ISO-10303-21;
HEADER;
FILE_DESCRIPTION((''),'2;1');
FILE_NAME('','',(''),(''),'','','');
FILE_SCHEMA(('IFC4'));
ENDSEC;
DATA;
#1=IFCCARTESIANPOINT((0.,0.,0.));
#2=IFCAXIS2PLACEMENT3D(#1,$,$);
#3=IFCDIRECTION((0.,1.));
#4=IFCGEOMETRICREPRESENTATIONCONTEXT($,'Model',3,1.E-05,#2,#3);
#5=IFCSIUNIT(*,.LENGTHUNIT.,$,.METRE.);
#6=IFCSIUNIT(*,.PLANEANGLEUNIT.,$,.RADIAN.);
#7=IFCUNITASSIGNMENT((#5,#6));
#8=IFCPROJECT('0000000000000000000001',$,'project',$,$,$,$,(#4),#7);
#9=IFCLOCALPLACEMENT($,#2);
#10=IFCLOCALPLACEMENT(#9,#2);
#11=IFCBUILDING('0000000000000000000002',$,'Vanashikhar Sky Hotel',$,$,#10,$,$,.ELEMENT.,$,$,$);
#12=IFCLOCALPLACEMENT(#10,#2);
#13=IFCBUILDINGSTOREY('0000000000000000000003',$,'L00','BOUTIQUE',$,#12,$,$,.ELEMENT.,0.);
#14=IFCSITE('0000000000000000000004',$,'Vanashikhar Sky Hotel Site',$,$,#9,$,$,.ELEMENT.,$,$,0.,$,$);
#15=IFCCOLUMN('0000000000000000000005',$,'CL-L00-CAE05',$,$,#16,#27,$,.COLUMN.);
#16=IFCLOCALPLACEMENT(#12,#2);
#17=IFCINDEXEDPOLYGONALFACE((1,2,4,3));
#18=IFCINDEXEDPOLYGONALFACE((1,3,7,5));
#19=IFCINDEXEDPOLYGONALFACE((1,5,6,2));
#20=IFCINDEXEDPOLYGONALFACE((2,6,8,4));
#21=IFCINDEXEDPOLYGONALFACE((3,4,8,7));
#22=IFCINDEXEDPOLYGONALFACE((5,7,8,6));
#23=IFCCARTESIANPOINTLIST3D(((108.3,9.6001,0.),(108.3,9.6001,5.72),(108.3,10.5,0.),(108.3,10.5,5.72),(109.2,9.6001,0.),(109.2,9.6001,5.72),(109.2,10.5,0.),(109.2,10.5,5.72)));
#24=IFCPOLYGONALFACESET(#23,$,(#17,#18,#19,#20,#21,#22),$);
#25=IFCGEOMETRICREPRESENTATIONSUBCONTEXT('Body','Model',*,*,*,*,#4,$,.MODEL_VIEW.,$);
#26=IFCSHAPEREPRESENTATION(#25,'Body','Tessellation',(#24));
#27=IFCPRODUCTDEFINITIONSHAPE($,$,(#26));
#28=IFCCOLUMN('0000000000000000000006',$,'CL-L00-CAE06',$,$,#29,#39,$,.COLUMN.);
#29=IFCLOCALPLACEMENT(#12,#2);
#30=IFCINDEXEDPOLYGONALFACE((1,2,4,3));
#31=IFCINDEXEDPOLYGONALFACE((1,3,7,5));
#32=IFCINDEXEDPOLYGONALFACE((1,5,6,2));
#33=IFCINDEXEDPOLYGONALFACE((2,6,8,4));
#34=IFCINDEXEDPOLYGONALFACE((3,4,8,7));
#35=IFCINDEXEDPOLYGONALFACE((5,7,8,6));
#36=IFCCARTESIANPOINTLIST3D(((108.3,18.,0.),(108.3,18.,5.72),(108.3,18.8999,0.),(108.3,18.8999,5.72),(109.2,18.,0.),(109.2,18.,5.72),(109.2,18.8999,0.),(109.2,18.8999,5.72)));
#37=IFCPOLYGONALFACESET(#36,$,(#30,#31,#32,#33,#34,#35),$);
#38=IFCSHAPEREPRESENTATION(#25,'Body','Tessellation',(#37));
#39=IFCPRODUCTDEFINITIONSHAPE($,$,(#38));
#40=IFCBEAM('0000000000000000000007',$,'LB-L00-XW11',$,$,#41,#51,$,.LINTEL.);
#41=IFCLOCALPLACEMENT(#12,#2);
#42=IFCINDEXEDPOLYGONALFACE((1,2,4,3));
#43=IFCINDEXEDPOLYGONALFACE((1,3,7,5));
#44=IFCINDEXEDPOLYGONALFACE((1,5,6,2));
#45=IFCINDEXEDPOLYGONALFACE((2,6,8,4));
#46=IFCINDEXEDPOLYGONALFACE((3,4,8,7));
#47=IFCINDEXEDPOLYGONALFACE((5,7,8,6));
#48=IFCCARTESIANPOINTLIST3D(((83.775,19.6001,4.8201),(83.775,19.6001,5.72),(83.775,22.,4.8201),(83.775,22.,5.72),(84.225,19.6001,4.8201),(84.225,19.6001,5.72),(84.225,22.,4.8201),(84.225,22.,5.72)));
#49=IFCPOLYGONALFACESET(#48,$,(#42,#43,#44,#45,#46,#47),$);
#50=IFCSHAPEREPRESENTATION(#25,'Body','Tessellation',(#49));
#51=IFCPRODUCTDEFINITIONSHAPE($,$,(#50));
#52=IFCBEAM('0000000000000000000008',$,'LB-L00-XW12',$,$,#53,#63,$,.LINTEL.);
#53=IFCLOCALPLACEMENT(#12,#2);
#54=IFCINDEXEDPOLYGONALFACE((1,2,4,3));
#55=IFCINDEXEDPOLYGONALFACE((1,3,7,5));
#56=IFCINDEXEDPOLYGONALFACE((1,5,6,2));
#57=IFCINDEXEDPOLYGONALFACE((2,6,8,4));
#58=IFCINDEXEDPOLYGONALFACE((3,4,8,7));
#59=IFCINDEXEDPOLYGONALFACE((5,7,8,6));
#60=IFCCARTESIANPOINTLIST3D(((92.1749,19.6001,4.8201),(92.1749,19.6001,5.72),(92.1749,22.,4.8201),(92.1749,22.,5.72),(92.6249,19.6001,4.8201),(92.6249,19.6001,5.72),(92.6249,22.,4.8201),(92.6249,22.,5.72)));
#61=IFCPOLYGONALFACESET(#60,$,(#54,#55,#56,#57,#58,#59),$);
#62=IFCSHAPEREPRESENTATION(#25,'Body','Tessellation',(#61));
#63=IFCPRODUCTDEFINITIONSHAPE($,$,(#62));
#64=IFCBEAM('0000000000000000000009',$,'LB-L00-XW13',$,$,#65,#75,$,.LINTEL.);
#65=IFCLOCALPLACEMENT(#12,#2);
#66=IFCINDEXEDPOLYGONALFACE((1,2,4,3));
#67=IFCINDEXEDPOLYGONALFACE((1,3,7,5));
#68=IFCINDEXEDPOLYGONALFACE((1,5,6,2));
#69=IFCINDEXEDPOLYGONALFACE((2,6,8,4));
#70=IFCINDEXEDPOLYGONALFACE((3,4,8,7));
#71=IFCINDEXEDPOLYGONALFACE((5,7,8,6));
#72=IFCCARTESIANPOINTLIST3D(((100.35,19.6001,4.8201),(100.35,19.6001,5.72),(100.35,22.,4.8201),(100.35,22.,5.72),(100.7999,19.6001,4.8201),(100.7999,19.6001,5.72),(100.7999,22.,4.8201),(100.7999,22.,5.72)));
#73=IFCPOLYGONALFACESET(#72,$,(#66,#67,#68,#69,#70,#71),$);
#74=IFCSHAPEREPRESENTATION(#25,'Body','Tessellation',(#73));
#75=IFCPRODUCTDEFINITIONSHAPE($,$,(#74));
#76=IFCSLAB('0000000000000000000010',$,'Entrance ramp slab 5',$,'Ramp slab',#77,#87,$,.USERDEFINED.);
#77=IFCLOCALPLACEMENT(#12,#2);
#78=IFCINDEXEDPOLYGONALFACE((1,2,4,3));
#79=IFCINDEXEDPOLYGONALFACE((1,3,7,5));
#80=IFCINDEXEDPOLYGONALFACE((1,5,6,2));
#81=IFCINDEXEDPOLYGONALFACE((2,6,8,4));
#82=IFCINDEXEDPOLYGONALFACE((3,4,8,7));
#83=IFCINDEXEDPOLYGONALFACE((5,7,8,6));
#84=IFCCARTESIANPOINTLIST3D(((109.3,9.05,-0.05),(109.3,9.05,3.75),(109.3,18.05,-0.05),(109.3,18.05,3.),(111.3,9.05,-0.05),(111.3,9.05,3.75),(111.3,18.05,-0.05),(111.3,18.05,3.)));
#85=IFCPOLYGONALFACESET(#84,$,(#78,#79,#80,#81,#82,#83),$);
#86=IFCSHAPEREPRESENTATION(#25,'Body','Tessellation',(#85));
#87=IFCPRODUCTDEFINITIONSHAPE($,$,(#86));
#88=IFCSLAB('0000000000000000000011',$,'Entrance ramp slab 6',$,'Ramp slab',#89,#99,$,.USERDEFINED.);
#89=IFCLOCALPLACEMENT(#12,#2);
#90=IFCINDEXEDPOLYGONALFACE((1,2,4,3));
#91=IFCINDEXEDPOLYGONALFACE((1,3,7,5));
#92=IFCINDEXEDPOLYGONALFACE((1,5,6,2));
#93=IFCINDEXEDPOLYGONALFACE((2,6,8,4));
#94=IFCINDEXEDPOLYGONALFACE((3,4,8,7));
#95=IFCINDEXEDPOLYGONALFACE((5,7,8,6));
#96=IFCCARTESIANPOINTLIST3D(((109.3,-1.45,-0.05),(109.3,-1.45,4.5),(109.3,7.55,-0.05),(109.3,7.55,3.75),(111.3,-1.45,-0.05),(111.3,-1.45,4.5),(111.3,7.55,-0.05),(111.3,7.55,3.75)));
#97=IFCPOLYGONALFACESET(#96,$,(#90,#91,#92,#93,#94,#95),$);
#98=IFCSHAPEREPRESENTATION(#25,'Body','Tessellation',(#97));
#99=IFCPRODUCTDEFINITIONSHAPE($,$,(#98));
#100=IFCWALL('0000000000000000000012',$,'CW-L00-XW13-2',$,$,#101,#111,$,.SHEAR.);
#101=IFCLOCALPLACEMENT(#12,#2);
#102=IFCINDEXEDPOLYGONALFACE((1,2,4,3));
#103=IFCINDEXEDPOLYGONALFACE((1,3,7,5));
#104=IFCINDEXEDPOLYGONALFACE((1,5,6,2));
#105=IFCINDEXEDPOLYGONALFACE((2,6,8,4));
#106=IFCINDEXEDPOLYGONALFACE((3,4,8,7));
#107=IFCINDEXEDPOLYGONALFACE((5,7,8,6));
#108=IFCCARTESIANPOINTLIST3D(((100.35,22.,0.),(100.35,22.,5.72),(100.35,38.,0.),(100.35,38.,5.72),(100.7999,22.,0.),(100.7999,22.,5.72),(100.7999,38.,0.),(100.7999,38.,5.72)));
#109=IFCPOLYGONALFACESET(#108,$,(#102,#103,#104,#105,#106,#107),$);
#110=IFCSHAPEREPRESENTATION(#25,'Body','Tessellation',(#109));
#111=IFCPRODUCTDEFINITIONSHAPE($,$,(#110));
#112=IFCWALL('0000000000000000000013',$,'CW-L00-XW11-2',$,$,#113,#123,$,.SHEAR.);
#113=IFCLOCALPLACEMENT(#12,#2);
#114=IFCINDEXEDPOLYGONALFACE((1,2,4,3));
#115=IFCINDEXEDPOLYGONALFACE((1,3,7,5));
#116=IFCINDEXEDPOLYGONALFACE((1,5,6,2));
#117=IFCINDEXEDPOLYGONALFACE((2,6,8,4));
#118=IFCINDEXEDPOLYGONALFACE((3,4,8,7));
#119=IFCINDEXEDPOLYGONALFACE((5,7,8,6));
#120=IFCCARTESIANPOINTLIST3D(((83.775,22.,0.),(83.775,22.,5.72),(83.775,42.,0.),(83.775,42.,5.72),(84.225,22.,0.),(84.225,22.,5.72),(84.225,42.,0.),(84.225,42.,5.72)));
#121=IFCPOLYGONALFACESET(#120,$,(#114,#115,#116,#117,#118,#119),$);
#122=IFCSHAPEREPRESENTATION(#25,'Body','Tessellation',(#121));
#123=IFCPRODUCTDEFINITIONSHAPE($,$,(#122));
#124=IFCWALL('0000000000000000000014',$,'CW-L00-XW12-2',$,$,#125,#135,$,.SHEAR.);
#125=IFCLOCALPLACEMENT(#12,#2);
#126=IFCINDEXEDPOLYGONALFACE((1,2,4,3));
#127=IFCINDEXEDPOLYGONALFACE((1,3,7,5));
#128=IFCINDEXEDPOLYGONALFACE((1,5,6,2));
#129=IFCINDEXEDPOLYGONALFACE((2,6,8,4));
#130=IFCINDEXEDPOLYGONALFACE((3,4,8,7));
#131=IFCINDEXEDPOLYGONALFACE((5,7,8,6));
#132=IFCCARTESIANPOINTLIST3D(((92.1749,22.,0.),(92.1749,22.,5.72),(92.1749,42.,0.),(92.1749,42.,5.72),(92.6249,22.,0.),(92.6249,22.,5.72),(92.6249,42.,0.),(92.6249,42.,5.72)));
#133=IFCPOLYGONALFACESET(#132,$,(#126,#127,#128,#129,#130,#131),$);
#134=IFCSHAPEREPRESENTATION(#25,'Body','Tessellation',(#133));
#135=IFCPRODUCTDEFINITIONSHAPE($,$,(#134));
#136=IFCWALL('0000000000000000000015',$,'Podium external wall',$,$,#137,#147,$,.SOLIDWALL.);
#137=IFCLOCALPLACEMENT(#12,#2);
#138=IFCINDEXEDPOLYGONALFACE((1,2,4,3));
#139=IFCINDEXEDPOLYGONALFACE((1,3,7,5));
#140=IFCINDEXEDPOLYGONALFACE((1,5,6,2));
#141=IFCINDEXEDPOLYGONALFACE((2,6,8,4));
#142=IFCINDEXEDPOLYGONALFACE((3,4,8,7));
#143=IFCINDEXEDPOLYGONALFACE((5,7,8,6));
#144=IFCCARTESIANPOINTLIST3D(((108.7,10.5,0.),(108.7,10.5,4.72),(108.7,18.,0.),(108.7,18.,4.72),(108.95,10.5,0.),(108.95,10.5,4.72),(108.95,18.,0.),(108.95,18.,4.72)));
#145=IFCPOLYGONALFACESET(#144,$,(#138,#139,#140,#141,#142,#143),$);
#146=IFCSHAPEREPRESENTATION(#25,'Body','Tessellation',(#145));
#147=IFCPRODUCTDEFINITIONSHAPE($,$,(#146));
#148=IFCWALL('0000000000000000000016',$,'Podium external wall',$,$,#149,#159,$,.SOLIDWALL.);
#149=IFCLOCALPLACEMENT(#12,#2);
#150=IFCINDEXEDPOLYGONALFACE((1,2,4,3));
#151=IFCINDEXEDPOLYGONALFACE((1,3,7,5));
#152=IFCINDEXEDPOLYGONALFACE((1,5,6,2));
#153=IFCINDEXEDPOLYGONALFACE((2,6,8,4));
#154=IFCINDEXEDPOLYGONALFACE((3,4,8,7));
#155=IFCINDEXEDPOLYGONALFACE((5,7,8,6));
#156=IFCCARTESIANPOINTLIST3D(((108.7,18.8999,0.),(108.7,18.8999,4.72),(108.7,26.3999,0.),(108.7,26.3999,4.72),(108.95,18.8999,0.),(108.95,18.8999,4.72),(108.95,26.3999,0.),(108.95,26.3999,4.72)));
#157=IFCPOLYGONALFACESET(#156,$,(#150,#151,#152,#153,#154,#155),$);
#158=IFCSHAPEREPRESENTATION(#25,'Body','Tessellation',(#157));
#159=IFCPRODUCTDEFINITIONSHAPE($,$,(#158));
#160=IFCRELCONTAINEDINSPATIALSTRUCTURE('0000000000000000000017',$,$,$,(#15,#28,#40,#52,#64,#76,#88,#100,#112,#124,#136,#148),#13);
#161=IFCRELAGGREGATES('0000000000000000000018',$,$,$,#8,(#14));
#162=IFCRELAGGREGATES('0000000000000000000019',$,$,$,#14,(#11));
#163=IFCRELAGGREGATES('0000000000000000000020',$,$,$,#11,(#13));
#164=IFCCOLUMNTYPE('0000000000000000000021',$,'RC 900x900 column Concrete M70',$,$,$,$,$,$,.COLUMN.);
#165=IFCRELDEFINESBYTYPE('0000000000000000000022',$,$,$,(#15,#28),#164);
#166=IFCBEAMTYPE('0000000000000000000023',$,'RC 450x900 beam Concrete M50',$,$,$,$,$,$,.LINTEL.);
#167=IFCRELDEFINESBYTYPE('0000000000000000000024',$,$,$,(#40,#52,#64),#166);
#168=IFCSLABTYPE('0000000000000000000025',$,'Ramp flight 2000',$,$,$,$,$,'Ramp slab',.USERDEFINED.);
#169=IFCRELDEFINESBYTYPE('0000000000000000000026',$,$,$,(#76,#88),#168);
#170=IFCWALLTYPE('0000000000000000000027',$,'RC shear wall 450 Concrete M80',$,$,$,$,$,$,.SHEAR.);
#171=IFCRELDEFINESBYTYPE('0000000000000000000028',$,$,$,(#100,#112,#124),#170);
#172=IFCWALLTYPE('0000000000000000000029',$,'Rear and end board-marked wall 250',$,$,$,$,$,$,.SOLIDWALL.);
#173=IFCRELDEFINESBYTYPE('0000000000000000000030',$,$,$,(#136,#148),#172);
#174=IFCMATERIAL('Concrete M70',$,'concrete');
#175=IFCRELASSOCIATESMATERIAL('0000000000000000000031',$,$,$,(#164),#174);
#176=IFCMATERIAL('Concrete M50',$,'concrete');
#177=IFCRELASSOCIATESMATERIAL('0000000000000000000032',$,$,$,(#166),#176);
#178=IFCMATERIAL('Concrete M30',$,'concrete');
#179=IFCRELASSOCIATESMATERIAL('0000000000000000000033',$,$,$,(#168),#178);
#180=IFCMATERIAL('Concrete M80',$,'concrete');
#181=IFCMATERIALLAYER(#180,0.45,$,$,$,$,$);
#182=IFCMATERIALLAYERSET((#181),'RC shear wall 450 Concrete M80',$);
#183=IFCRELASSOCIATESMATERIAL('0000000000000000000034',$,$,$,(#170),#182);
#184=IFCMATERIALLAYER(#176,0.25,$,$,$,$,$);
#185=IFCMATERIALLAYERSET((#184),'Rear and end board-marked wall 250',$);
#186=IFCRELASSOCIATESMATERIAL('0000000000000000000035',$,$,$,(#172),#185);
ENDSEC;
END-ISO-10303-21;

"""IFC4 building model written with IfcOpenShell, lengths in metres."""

from ifc_helpers import new_model, si_unit, direction, frame, frame_2d, origin, origin_2d, place, context, subcontext, project, spatial, polyline, rectangle, outline, extrude, source, transform, mapped, material, layer, layer_set, material_profile, profile_set, type_object, element, save


model = new_model("IFC4")

# Units and contexts
model_context = context("Model", 3, precision=1e-05, world=origin(), true_north=direction((0.0, 1.0)))
body_context = subcontext(model_context, "Body", "Model", "MODEL_VIEW")
ifc_project = project(units=[si_unit("LENGTHUNIT", "METRE"), si_unit("PLANEANGLEUNIT", "RADIAN")], contexts=[model_context])

# Site, building, storey
site_placement = place(None, origin())
site = spatial("IfcSite", under=ifc_project, at=site_placement, Name="Vanashikhar Sky Hotel Site", CompositionType="ELEMENT", RefElevation=0.0)
building_placement = place(site_placement, origin())
building = spatial("IfcBuilding", under=site, at=building_placement, Name="Vanashikhar Sky Hotel", CompositionType="ELEMENT")
storey_placement = place(building_placement, origin())
storey = spatial("IfcBuildingStorey", under=building, at=storey_placement, Name="L00", Description="BOUTIQUE", CompositionType="ELEMENT", Elevation=0.0)

# Columns
ifc_material_1 = material(Name="Concrete M70", Category="concrete")
ifc_material_profile_1 = material_profile(ifc_material_1, rectangle(XDim=0.8999, YDim=0.8999, at=origin_2d()))
ifc_profile_set_1 = profile_set([ifc_material_profile_1], Name="RC 900x900 column Concrete M70")
column_type = type_object("IfcColumnType", Name="RC 900x900 column Concrete M70", PredefinedType="COLUMN", material=ifc_profile_set_1)
shared_shape_1 = source(origin(), body_context, "Body", "SweptSolid", [
    extrude(rectangle(XDim=0.8999, YDim=0.8999, at=origin_2d()), origin(), (0.0, 0.0, 1.0), 5.72),
])
for number, where, z_axis, x_axis, name in (
    (1, (108.75, 10.05, 0.0), (0.0, 0.0, 1.0), (1.0, 0.0, 0.0), "CL-L00-CAE05"),
    (2, (108.75, 18.45, 0.0), (0.0, 0.0, 1.0), (1.0, 0.0, 0.0), "CL-L00-CAE06"),
):
    element("IfcColumn", number, at=place(storey_placement, frame(where, z_axis=z_axis, x_axis=x_axis)), inside=storey, type_object=column_type, Name=name, PredefinedType="COLUMN", context=body_context, shape_type="MappedRepresentation", body=[
        mapped(shared_shape_1, transform((0.0, 0.0, 0.0), scale=1.0)),
    ])

# Beams
ifc_material_2 = material(Name="Concrete M50", Category="concrete")
ifc_material_profile_2 = material_profile(ifc_material_2, rectangle(XDim=0.45, YDim=0.8999, at=origin_2d()))
ifc_profile_set_2 = profile_set([ifc_material_profile_2], Name="RC 450x900 beam Concrete M50")
beam_type = type_object("IfcBeamType", Name="RC 450x900 beam Concrete M50", PredefinedType="LINTEL", material=ifc_profile_set_2)
shared_shape_2 = source(origin(), body_context, "Body", "SweptSolid", [
    extrude(rectangle(XDim=0.45, YDim=0.8999, at=origin_2d()), origin(), (0.0, 0.0, 1.0), 2.3999),
])
for number, where, z_axis, x_axis, name in (
    (3, (84.0, 19.6001, 5.27), (0.0, 1.0, 0.0), (-1.0, 0.0, 0.0), "LB-L00-XW11"),
    (4, (92.3999, 19.6001, 5.27), (0.0, 1.0, 0.0), (-1.0, 0.0, 0.0), "LB-L00-XW12"),
    (5, (100.575, 19.6001, 5.27), (0.0, 1.0, 0.0), (-1.0, 0.0, 0.0), "LB-L00-XW13"),
):
    element("IfcBeam", number, at=place(storey_placement, frame(where, z_axis=z_axis, x_axis=x_axis)), inside=storey, type_object=beam_type, Name=name, PredefinedType="LINTEL", context=body_context, shape_type="MappedRepresentation", body=[
        mapped(shared_shape_2, transform((0.0, 0.0, 0.0), scale=1.0)),
    ])

# Slabs
ifc_material_3 = material(Name="Concrete M30", Category="concrete")
slab_type = type_object("IfcSlabType", Name="Ramp flight 2000", ElementType="Ramp slab", PredefinedType="USERDEFINED", material=ifc_material_3)
shared_shape_3 = source(origin(), body_context, "Body", "SweptSolid", [
    extrude(outline(polyline([(0.0, 0.0), (9.0, 0.0), (9.0, 3.8), (0.0, 3.05), (0.0, 0.0)])), frame((0.0, 1.0, 0.0), z_axis=(0.0, -1.0, 0.0), x_axis=(1.0, 0.0, 0.0)), (0.0, 0.0, 1.0), 2.0),
])
slab_1_placement = place(storey_placement, frame((110.3, 18.05, -0.05), z_axis=(0.0, 0.0, 1.0), x_axis=(0.0, -1.0, 0.0)))
element("IfcSlab", 6, at=slab_1_placement, inside=storey, type_object=slab_type, Name="Entrance ramp slab 5", ObjectType="Ramp slab", PredefinedType="USERDEFINED", context=body_context, shape_type="MappedRepresentation", body=[
    mapped(shared_shape_3, transform((0.0, 0.0, 0.0), scale=1.0)),
])
shared_shape_4 = source(origin(), body_context, "Body", "SweptSolid", [
    extrude(outline(polyline([(0.0, 0.0), (9.0, 0.0), (9.0, 4.55), (0.0, 3.8), (0.0, 0.0)])), frame((0.0, 1.0, 0.0), z_axis=(0.0, -1.0, 0.0), x_axis=(1.0, 0.0, 0.0)), (0.0, 0.0, 1.0), 2.0),
])
slab_2_placement = place(storey_placement, frame((110.3, 7.55, -0.05), z_axis=(0.0, 0.0, 1.0), x_axis=(0.0, -1.0, 0.0)))
element("IfcSlab", 7, at=slab_2_placement, inside=storey, type_object=slab_type, Name="Entrance ramp slab 6", ObjectType="Ramp slab", PredefinedType="USERDEFINED", context=body_context, shape_type="MappedRepresentation", body=[
    mapped(shared_shape_4, transform((0.0, 0.0, 0.0), scale=1.0)),
])

# Walls
ifc_material_4 = material(Name="Concrete M80", Category="concrete")
ifc_layer_1 = layer(ifc_material_4, 0.45)
ifc_layer_set_1 = layer_set([ifc_layer_1], Name="RC shear wall 450 Concrete M80")
wall_type_1 = type_object("IfcWallType", Name="RC shear wall 450 Concrete M80", PredefinedType="SHEAR", material=ifc_layer_set_1)
shared_shape_5 = source(origin(), body_context, "Body", "SweptSolid", [
    extrude(rectangle(XDim=16.0, YDim=0.45, at=frame_2d((8.0, 0.0))), origin(), (0.0, 0.0, 1.0), 5.72),
])
wall_1_placement = place(storey_placement, frame((100.575, 22.0, 0.0), z_axis=(0.0, 0.0, 1.0), x_axis=(0.0, 1.0, 0.0)))
element("IfcWall", 8, at=wall_1_placement, inside=storey, type_object=wall_type_1, Name="CW-L00-XW13-2", PredefinedType="SHEAR", context=body_context, shape_type="MappedRepresentation", body=[
    mapped(shared_shape_5, transform((0.0, 0.0, 0.0), scale=1.0)),
])
shared_shape_6 = source(origin(), body_context, "Body", "SweptSolid", [
    extrude(rectangle(XDim=20.0, YDim=0.45, at=frame_2d((10.0, 0.0))), origin(), (0.0, 0.0, 1.0), 5.72),
])
for number, where, z_axis, x_axis, name in (
    (9, (84.0, 22.0, 0.0), (0.0, 0.0, 1.0), (0.0, 1.0, 0.0), "CW-L00-XW11-2"),
    (10, (92.3999, 22.0, 0.0), (0.0, 0.0, 1.0), (0.0, 1.0, 0.0), "CW-L00-XW12-2"),
):
    element("IfcWall", number, at=place(storey_placement, frame(where, z_axis=z_axis, x_axis=x_axis)), inside=storey, type_object=wall_type_1, Name=name, PredefinedType="SHEAR", context=body_context, shape_type="MappedRepresentation", body=[
        mapped(shared_shape_6, transform((0.0, 0.0, 0.0), scale=1.0)),
    ])
ifc_layer_2 = layer(ifc_material_2, 0.25)
ifc_layer_set_2 = layer_set([ifc_layer_2], Name="Rear and end board-marked wall 250")
wall_type_2 = type_object("IfcWallType", Name="Rear and end board-marked wall 250", PredefinedType="SOLIDWALL", material=ifc_layer_set_2)
shared_shape_7 = source(origin(), body_context, "Body", "SweptSolid", [
    extrude(rectangle(XDim=7.5, YDim=0.25, at=frame_2d((3.75, 0.0))), origin(), (0.0, 0.0, 1.0), 4.72),
])
for number, where, z_axis, x_axis, name in (
    (11, (108.825, 10.5, 0.0), (0.0, 0.0, 1.0), (0.0, 1.0, 0.0), "Podium external wall"),
    (12, (108.825, 18.8999, 0.0), (0.0, 0.0, 1.0), (0.0, 1.0, 0.0), "Podium external wall"),
):
    element("IfcWall", number, at=place(storey_placement, frame(where, z_axis=z_axis, x_axis=x_axis)), inside=storey, type_object=wall_type_2, Name=name, PredefinedType="SOLIDWALL", context=body_context, shape_type="MappedRepresentation", body=[
        mapped(shared_shape_7, transform((0.0, 0.0, 0.0), scale=1.0)),
    ])

save(model, "model.ifc")
